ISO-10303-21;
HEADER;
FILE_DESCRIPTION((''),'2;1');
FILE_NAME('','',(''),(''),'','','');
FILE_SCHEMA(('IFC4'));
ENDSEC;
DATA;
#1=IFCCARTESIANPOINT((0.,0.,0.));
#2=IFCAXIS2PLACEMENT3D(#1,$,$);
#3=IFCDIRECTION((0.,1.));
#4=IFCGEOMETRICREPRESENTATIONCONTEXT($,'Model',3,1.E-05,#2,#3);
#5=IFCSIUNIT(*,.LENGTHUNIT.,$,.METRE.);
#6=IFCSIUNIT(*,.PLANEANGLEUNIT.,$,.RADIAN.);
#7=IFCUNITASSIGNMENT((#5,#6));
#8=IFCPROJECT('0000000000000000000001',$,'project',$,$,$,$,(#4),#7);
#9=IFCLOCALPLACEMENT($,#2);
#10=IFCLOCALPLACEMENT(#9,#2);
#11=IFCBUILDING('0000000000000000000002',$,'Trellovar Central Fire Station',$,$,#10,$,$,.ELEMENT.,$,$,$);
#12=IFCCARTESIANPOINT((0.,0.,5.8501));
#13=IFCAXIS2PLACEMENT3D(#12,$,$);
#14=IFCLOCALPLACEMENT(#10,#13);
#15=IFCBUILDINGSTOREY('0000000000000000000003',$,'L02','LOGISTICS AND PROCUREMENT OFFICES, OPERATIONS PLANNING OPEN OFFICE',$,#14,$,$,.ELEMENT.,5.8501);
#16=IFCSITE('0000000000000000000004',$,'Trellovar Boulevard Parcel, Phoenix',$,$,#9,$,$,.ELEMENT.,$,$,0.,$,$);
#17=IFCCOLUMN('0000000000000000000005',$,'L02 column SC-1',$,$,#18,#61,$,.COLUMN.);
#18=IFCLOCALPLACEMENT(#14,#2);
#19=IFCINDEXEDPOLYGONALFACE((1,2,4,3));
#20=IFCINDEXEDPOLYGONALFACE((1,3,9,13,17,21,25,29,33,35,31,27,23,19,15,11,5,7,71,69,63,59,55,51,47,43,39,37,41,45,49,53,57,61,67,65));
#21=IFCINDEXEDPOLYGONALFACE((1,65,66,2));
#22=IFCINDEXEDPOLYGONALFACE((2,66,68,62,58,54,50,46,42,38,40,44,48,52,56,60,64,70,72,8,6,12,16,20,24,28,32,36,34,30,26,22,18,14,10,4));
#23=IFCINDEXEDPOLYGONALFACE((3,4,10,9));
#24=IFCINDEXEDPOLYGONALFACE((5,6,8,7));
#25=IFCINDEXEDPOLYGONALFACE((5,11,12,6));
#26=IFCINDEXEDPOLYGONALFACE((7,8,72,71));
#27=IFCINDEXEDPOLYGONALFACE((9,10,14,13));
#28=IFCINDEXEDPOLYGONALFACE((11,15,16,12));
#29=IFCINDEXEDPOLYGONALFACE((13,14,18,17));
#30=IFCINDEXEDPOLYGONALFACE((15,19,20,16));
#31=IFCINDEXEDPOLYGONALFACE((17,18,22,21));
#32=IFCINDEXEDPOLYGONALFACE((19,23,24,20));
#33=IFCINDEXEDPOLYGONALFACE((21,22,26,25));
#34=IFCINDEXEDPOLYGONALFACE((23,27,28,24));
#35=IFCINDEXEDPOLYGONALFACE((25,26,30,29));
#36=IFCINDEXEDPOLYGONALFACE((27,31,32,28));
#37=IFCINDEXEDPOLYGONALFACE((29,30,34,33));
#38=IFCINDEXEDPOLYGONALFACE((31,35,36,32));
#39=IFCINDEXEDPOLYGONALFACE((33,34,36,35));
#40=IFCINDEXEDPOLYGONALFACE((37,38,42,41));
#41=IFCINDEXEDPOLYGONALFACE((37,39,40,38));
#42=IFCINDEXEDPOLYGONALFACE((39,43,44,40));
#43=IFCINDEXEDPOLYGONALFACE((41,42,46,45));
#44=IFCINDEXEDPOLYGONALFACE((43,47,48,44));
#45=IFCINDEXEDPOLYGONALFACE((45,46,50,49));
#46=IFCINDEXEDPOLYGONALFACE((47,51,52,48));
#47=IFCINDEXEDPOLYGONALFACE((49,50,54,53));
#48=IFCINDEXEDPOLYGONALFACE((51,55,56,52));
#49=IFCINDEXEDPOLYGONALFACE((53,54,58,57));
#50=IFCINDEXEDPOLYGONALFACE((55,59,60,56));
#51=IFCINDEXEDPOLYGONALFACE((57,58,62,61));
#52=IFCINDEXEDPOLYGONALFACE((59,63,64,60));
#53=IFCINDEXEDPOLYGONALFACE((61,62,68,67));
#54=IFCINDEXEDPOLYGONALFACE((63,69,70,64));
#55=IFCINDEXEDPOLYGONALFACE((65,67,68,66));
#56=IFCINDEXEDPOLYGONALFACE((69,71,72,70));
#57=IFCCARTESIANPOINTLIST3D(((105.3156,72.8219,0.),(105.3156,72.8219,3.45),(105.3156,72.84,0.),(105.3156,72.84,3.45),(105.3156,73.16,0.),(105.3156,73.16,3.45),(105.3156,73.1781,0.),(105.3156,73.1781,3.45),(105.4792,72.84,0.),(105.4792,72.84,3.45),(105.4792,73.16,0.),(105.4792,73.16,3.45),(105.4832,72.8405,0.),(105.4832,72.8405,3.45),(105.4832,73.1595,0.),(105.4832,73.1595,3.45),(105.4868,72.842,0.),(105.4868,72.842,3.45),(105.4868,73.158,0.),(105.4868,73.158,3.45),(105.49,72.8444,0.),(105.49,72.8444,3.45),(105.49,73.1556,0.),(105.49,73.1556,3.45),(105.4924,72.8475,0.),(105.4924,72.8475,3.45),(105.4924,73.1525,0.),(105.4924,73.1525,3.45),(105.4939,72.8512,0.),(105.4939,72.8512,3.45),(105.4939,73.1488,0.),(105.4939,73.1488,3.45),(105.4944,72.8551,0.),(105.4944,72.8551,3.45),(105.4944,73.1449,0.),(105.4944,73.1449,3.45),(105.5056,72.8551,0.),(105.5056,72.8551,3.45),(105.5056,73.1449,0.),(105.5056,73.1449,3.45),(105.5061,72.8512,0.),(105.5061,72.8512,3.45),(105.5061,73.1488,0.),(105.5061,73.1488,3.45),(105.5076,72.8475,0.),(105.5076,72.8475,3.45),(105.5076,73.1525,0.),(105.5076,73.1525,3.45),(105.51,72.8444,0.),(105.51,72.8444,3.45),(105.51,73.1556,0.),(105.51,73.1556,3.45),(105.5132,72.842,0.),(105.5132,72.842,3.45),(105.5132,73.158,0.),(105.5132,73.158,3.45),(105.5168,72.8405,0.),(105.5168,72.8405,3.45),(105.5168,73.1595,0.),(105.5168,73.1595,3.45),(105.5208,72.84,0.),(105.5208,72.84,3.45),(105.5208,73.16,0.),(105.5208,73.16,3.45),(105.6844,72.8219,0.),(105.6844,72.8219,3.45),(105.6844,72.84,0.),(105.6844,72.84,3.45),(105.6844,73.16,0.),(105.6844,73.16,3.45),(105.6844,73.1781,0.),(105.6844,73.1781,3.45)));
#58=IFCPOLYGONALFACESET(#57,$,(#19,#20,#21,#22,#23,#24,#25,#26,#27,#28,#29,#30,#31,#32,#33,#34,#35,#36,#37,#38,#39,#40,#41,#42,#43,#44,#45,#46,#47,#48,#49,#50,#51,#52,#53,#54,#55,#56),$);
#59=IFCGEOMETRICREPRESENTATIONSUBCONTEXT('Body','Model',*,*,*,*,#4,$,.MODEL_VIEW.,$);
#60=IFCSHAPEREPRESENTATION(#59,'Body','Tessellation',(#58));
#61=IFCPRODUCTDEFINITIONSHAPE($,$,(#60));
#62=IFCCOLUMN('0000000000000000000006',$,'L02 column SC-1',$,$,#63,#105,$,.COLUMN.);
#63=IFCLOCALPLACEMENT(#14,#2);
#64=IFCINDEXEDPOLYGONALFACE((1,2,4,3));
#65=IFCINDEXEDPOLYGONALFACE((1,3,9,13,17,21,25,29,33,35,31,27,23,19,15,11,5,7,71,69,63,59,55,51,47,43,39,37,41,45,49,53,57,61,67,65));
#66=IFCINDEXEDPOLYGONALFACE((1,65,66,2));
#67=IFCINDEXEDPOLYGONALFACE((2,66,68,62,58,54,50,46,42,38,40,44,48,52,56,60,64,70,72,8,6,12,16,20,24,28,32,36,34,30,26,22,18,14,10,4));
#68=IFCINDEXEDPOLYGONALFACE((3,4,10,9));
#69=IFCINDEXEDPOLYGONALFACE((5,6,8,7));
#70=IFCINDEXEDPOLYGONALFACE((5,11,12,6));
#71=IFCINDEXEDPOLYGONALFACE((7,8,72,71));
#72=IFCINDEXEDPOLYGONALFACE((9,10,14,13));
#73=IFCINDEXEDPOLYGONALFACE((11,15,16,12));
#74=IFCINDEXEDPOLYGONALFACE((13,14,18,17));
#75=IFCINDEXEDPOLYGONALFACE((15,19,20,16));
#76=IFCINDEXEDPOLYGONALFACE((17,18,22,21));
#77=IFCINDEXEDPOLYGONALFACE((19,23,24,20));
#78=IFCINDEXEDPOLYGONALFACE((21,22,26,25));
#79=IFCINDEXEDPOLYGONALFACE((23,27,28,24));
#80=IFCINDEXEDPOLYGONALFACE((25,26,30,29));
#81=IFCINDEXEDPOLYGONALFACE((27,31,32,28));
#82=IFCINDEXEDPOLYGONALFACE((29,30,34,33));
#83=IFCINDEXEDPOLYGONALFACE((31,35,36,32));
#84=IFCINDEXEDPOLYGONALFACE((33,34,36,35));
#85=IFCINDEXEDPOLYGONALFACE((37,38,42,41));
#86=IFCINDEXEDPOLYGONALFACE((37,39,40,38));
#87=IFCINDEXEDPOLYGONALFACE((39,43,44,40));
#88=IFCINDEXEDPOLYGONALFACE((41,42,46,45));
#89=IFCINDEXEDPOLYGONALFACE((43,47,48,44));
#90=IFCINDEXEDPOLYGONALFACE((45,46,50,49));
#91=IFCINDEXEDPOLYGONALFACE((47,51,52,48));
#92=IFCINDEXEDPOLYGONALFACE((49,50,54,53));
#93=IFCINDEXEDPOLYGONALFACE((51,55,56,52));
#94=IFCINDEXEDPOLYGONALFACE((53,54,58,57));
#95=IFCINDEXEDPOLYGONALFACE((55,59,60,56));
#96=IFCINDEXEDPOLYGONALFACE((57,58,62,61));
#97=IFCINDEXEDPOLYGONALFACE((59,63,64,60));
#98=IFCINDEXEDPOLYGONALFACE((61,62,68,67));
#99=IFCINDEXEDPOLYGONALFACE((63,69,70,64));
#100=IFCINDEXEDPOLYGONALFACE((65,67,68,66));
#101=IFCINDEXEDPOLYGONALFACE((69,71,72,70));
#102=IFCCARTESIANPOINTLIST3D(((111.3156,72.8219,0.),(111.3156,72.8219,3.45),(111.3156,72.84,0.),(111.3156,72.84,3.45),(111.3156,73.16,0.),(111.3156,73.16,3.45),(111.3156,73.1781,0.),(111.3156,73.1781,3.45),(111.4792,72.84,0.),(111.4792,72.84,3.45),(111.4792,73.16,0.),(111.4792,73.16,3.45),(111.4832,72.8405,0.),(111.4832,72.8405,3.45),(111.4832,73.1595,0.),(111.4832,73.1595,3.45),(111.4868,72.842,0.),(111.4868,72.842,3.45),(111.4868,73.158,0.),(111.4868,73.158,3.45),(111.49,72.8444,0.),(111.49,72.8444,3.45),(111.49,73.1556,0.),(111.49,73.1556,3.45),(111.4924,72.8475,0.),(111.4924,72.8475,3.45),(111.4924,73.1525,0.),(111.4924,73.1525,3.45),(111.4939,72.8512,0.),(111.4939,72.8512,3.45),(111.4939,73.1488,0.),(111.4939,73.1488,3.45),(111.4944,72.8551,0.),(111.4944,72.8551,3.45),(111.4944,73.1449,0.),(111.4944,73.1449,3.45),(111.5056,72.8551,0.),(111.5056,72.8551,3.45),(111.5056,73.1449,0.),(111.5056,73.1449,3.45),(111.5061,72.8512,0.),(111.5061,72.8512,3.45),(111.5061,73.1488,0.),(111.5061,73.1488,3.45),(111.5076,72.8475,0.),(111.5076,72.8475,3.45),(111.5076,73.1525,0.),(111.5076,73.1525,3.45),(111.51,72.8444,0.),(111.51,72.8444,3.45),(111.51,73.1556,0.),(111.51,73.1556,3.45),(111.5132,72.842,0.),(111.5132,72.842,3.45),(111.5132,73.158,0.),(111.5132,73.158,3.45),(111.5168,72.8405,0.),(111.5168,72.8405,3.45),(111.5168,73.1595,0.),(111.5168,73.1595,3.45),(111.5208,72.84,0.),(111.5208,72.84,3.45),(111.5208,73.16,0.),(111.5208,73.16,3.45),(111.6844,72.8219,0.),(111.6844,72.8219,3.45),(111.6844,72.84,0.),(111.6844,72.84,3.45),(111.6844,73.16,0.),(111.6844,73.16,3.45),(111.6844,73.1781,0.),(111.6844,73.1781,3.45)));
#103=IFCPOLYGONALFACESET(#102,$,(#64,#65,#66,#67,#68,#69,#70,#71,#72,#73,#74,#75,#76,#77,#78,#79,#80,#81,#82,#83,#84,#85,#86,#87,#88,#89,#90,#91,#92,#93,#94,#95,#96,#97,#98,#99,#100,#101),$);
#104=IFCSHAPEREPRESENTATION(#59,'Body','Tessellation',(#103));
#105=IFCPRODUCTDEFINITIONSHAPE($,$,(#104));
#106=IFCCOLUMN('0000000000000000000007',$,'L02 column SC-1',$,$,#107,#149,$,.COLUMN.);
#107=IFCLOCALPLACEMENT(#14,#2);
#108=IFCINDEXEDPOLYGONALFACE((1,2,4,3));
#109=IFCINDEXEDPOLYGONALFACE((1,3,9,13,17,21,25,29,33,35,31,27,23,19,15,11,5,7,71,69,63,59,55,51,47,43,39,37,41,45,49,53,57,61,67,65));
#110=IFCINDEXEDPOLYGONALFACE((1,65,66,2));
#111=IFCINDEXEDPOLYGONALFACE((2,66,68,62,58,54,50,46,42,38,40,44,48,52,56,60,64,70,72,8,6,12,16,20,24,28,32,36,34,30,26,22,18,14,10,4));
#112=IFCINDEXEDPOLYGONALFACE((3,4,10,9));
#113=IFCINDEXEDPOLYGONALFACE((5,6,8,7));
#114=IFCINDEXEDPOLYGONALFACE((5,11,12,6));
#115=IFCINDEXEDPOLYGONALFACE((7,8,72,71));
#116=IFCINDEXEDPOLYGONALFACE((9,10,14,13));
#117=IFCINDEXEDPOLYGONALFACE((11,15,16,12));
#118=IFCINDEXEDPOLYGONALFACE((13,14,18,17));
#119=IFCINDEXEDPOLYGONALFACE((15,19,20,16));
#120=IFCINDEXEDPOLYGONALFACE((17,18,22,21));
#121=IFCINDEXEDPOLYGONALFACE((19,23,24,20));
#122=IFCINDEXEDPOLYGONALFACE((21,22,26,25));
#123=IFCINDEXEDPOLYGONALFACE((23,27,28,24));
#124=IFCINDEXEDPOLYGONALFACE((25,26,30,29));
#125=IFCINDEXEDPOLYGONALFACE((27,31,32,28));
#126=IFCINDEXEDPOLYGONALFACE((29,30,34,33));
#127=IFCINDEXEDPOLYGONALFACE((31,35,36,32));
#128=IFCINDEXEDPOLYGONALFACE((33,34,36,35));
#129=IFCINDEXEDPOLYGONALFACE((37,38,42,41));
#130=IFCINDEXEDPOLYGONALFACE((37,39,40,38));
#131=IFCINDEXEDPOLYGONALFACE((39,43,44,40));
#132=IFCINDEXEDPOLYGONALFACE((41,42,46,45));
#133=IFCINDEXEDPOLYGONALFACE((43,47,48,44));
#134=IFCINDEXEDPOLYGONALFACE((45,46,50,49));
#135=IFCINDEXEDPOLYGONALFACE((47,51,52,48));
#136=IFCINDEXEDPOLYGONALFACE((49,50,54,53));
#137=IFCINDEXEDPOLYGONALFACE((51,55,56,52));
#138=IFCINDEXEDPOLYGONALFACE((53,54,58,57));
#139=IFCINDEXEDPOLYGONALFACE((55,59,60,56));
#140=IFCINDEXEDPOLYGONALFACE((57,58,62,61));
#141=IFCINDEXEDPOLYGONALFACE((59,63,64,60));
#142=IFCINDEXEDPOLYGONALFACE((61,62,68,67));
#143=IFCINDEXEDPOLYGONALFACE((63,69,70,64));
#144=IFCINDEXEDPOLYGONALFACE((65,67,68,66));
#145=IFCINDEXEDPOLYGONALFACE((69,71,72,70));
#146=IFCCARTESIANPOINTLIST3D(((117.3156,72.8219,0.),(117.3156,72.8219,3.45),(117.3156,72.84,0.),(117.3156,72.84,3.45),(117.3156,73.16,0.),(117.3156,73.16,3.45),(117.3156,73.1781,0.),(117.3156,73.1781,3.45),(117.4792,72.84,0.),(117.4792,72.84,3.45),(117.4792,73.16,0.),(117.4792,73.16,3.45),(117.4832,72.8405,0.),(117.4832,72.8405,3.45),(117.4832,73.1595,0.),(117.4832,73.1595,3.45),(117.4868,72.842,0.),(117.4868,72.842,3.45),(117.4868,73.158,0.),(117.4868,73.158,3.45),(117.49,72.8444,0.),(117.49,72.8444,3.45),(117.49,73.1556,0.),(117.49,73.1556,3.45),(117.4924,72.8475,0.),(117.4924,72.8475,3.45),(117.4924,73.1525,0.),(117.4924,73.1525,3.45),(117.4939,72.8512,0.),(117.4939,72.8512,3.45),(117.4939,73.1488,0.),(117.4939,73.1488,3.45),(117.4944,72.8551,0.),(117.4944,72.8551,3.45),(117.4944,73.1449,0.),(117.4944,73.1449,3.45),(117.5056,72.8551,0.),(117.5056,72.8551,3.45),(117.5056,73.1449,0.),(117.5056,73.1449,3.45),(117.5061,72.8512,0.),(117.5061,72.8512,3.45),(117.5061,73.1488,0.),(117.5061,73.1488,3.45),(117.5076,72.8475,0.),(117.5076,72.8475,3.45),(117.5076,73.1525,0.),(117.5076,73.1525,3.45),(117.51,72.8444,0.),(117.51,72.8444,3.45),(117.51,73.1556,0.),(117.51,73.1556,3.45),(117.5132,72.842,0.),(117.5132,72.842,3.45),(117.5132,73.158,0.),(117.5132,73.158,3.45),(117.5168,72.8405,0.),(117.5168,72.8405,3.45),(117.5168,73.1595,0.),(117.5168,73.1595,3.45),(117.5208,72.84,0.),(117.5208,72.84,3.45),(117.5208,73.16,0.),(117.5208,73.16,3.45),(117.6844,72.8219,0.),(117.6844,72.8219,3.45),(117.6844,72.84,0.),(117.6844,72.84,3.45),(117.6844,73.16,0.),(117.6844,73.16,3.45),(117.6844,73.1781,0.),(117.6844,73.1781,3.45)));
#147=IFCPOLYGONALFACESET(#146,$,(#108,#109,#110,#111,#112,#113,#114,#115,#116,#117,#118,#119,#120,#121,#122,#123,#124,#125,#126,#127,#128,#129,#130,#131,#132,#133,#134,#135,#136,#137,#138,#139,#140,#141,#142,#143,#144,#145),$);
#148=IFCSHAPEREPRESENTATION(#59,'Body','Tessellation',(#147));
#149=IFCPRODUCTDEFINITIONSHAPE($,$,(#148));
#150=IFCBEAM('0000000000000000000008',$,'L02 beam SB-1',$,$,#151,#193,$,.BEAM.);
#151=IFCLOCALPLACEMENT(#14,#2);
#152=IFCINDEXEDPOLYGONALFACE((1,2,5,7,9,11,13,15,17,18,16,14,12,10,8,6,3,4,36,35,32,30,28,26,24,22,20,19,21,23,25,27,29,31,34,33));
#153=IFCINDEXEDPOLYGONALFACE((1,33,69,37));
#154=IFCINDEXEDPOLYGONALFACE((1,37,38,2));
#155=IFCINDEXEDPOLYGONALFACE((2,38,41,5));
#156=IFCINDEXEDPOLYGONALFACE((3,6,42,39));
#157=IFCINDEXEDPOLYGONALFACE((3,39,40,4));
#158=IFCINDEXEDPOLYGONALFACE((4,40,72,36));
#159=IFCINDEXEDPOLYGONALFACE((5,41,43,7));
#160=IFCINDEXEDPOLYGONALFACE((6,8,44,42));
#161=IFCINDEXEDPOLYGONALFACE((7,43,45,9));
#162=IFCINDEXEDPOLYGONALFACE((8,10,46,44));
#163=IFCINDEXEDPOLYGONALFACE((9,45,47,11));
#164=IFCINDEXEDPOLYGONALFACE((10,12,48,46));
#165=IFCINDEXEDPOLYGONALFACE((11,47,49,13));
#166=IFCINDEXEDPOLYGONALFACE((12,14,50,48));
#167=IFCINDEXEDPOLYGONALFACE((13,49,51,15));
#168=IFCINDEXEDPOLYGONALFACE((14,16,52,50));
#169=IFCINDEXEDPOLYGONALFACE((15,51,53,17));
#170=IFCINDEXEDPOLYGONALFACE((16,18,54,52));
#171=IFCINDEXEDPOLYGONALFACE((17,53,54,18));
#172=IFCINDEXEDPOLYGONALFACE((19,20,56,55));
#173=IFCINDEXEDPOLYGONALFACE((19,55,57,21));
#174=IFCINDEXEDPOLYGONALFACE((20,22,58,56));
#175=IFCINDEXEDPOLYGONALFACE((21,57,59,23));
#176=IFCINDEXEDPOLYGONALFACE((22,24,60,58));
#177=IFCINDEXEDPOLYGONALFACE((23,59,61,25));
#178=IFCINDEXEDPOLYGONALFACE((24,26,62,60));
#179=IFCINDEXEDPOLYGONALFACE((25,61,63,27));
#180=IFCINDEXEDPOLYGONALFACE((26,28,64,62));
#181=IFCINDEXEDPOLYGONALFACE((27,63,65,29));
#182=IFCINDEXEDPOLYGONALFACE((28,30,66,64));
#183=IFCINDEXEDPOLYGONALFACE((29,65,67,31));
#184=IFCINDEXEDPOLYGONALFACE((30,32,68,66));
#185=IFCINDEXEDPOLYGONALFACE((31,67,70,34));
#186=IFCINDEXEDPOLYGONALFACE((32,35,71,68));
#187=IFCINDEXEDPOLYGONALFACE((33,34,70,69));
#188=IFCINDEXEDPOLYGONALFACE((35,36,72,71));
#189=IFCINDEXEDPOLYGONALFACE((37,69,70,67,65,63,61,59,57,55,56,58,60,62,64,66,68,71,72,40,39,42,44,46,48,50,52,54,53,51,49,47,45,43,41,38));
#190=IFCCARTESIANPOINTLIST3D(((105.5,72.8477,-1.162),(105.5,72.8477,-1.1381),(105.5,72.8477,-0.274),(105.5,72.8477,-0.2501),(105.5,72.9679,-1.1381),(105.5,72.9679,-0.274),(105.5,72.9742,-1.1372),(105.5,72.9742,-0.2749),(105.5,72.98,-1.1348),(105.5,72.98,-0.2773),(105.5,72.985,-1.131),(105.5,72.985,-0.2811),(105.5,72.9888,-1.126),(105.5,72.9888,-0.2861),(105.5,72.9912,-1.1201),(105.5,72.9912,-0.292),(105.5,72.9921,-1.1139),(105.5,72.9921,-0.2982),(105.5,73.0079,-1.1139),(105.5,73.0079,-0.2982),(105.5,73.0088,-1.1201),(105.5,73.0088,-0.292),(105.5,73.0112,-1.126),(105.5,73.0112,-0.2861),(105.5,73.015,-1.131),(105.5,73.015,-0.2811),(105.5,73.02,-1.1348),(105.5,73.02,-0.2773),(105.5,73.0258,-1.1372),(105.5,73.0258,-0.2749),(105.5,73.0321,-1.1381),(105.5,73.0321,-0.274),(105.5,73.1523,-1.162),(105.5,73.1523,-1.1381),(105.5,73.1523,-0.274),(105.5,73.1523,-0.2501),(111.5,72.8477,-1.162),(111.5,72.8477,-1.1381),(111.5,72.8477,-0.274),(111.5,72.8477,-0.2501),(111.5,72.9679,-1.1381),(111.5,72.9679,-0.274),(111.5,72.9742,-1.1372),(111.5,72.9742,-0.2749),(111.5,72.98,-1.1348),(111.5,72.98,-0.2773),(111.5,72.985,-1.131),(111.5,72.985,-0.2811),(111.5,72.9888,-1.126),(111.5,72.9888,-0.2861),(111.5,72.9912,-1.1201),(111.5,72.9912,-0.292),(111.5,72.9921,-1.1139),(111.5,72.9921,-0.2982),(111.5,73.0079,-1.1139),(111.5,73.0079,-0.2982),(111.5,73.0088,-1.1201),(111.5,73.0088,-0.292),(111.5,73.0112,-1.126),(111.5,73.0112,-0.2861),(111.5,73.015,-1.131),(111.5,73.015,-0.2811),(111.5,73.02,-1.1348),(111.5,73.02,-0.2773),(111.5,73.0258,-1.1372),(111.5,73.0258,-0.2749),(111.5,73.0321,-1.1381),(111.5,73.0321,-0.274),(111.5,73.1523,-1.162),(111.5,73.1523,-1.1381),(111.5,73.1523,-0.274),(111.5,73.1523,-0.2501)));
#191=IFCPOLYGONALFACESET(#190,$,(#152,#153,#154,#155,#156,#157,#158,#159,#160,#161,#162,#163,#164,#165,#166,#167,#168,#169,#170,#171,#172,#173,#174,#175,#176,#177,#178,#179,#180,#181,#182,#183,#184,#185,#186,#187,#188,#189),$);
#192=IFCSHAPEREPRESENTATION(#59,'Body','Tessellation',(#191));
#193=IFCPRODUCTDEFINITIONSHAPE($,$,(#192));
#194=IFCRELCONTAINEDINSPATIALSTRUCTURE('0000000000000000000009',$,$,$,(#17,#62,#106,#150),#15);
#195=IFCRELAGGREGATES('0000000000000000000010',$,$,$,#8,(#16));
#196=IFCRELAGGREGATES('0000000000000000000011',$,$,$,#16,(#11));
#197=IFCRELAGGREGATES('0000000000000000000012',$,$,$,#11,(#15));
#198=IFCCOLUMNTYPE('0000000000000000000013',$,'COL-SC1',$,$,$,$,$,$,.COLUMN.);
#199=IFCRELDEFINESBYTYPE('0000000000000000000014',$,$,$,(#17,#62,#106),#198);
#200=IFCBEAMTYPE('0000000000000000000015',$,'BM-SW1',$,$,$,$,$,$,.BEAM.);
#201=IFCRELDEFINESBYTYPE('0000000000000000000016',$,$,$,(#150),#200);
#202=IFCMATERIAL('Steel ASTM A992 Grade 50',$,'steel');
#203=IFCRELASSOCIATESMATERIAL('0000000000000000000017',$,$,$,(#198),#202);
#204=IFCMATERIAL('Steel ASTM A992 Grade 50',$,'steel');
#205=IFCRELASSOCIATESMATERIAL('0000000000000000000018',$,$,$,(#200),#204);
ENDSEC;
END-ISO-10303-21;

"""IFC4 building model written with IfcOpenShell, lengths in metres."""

from ifc_helpers import new_model, si_unit, direction, frame, origin, origin_2d, place, context, subcontext, project, spatial, i_section, extrude, material, material_profile, profile_set, type_object, element, save


model = new_model("IFC4")

# Units and contexts
model_context = context("Model", 3, precision=1e-05, world=origin(), true_north=direction((0.0, 1.0)))
body_context = subcontext(model_context, "Body", "Model", "MODEL_VIEW")
ifc_project = project(units=[si_unit("LENGTHUNIT", "METRE"), si_unit("PLANEANGLEUNIT", "RADIAN")], contexts=[model_context])

# Site, building, storey
site_placement = place(None, origin())
site = spatial("IfcSite", under=ifc_project, at=site_placement, Name="Trellovar Boulevard Parcel, Phoenix", CompositionType="ELEMENT", RefElevation=0.0)
building_placement = place(site_placement, origin())
building = spatial("IfcBuilding", under=site, at=building_placement, Name="Trellovar Central Fire Station", CompositionType="ELEMENT")
storey_placement = place(building_placement, frame((0.0, 0.0, 5.8501)))
storey = spatial("IfcBuildingStorey", under=building, at=storey_placement, Name="L02", Description="LOGISTICS AND PROCUREMENT OFFICES, OPERATIONS PLANNING OPEN OFFICE", CompositionType="ELEMENT", Elevation=5.8501)

# Columns
ifc_material_1 = material(Name="Steel ASTM A992 Grade 50", Category="steel")
ifc_material_profile_1 = material_profile(ifc_material_1, i_section(OverallWidth=0.3689, OverallDepth=0.3562, WebThickness=0.0112, FlangeThickness=0.0181, FilletRadius=0.0151, at=origin_2d()), Name="W14X90")
ifc_profile_set_1 = profile_set([ifc_material_profile_1], Name="Steel ASTM A992 Grade 50")
column_type = type_object("IfcColumnType", Name="COL-SC1", PredefinedType="COLUMN", material=ifc_profile_set_1)
for number, where, z_axis, x_axis, name in (
    (1, (105.5, 73.0, 0.0), (0.0, 0.0, 1.0), (1.0, 0.0, 0.0), "L02 column SC-1"),
    (2, (111.5, 73.0, 0.0), (0.0, 0.0, 1.0), (1.0, 0.0, 0.0), "L02 column SC-1"),
    (3, (117.5, 73.0, 0.0), (0.0, 0.0, 1.0), (1.0, 0.0, 0.0), "L02 column SC-1"),
):
    element("IfcColumn", number, at=place(storey_placement, frame(where, z_axis=z_axis, x_axis=x_axis)), inside=storey, type_object=column_type, Name=name, PredefinedType="COLUMN", context=body_context, shape_type="SweptSolid", body=[
        extrude(i_section(OverallWidth=0.3689, OverallDepth=0.3562, WebThickness=0.0112, FlangeThickness=0.0181, FilletRadius=0.0151, at=origin_2d()), origin(), (0.0, 0.0, 1.0), 3.45),
    ])

# Beam
ifc_material_2 = material(Name="Steel ASTM A992 Grade 50", Category="steel")
ifc_material_profile_2 = material_profile(ifc_material_2, i_section(OverallWidth=0.3047, OverallDepth=0.9119, WebThickness=0.0159, FlangeThickness=0.0239, FilletRadius=0.0242, at=origin_2d()), Name="W36X150")
ifc_profile_set_2 = profile_set([ifc_material_profile_2], Name="Steel ASTM A992 Grade 50")
beam_type_1 = type_object("IfcBeamType", Name="BM-SW1", PredefinedType="BEAM", material=ifc_profile_set_2)
for number, where, z_axis, x_axis, name in (
    (4, (105.5, 73.0, -0.7061), (1.0, 0.0, 0.0), (0.0, 1.0, 0.0), "L02 beam SB-1"),
):
    element("IfcBeam", number, at=place(storey_placement, frame(where, z_axis=z_axis, x_axis=x_axis)), inside=storey, type_object=beam_type_1, Name=name, PredefinedType="BEAM", context=body_context, shape_type="SweptSolid", body=[
        extrude(i_section(OverallWidth=0.3047, OverallDepth=0.9119, WebThickness=0.0159, FlangeThickness=0.0239, FilletRadius=0.0242, at=origin_2d()), origin(), (0.0, 0.0, 1.0), 6.0),
    ])

save(model, "model.ifc")
